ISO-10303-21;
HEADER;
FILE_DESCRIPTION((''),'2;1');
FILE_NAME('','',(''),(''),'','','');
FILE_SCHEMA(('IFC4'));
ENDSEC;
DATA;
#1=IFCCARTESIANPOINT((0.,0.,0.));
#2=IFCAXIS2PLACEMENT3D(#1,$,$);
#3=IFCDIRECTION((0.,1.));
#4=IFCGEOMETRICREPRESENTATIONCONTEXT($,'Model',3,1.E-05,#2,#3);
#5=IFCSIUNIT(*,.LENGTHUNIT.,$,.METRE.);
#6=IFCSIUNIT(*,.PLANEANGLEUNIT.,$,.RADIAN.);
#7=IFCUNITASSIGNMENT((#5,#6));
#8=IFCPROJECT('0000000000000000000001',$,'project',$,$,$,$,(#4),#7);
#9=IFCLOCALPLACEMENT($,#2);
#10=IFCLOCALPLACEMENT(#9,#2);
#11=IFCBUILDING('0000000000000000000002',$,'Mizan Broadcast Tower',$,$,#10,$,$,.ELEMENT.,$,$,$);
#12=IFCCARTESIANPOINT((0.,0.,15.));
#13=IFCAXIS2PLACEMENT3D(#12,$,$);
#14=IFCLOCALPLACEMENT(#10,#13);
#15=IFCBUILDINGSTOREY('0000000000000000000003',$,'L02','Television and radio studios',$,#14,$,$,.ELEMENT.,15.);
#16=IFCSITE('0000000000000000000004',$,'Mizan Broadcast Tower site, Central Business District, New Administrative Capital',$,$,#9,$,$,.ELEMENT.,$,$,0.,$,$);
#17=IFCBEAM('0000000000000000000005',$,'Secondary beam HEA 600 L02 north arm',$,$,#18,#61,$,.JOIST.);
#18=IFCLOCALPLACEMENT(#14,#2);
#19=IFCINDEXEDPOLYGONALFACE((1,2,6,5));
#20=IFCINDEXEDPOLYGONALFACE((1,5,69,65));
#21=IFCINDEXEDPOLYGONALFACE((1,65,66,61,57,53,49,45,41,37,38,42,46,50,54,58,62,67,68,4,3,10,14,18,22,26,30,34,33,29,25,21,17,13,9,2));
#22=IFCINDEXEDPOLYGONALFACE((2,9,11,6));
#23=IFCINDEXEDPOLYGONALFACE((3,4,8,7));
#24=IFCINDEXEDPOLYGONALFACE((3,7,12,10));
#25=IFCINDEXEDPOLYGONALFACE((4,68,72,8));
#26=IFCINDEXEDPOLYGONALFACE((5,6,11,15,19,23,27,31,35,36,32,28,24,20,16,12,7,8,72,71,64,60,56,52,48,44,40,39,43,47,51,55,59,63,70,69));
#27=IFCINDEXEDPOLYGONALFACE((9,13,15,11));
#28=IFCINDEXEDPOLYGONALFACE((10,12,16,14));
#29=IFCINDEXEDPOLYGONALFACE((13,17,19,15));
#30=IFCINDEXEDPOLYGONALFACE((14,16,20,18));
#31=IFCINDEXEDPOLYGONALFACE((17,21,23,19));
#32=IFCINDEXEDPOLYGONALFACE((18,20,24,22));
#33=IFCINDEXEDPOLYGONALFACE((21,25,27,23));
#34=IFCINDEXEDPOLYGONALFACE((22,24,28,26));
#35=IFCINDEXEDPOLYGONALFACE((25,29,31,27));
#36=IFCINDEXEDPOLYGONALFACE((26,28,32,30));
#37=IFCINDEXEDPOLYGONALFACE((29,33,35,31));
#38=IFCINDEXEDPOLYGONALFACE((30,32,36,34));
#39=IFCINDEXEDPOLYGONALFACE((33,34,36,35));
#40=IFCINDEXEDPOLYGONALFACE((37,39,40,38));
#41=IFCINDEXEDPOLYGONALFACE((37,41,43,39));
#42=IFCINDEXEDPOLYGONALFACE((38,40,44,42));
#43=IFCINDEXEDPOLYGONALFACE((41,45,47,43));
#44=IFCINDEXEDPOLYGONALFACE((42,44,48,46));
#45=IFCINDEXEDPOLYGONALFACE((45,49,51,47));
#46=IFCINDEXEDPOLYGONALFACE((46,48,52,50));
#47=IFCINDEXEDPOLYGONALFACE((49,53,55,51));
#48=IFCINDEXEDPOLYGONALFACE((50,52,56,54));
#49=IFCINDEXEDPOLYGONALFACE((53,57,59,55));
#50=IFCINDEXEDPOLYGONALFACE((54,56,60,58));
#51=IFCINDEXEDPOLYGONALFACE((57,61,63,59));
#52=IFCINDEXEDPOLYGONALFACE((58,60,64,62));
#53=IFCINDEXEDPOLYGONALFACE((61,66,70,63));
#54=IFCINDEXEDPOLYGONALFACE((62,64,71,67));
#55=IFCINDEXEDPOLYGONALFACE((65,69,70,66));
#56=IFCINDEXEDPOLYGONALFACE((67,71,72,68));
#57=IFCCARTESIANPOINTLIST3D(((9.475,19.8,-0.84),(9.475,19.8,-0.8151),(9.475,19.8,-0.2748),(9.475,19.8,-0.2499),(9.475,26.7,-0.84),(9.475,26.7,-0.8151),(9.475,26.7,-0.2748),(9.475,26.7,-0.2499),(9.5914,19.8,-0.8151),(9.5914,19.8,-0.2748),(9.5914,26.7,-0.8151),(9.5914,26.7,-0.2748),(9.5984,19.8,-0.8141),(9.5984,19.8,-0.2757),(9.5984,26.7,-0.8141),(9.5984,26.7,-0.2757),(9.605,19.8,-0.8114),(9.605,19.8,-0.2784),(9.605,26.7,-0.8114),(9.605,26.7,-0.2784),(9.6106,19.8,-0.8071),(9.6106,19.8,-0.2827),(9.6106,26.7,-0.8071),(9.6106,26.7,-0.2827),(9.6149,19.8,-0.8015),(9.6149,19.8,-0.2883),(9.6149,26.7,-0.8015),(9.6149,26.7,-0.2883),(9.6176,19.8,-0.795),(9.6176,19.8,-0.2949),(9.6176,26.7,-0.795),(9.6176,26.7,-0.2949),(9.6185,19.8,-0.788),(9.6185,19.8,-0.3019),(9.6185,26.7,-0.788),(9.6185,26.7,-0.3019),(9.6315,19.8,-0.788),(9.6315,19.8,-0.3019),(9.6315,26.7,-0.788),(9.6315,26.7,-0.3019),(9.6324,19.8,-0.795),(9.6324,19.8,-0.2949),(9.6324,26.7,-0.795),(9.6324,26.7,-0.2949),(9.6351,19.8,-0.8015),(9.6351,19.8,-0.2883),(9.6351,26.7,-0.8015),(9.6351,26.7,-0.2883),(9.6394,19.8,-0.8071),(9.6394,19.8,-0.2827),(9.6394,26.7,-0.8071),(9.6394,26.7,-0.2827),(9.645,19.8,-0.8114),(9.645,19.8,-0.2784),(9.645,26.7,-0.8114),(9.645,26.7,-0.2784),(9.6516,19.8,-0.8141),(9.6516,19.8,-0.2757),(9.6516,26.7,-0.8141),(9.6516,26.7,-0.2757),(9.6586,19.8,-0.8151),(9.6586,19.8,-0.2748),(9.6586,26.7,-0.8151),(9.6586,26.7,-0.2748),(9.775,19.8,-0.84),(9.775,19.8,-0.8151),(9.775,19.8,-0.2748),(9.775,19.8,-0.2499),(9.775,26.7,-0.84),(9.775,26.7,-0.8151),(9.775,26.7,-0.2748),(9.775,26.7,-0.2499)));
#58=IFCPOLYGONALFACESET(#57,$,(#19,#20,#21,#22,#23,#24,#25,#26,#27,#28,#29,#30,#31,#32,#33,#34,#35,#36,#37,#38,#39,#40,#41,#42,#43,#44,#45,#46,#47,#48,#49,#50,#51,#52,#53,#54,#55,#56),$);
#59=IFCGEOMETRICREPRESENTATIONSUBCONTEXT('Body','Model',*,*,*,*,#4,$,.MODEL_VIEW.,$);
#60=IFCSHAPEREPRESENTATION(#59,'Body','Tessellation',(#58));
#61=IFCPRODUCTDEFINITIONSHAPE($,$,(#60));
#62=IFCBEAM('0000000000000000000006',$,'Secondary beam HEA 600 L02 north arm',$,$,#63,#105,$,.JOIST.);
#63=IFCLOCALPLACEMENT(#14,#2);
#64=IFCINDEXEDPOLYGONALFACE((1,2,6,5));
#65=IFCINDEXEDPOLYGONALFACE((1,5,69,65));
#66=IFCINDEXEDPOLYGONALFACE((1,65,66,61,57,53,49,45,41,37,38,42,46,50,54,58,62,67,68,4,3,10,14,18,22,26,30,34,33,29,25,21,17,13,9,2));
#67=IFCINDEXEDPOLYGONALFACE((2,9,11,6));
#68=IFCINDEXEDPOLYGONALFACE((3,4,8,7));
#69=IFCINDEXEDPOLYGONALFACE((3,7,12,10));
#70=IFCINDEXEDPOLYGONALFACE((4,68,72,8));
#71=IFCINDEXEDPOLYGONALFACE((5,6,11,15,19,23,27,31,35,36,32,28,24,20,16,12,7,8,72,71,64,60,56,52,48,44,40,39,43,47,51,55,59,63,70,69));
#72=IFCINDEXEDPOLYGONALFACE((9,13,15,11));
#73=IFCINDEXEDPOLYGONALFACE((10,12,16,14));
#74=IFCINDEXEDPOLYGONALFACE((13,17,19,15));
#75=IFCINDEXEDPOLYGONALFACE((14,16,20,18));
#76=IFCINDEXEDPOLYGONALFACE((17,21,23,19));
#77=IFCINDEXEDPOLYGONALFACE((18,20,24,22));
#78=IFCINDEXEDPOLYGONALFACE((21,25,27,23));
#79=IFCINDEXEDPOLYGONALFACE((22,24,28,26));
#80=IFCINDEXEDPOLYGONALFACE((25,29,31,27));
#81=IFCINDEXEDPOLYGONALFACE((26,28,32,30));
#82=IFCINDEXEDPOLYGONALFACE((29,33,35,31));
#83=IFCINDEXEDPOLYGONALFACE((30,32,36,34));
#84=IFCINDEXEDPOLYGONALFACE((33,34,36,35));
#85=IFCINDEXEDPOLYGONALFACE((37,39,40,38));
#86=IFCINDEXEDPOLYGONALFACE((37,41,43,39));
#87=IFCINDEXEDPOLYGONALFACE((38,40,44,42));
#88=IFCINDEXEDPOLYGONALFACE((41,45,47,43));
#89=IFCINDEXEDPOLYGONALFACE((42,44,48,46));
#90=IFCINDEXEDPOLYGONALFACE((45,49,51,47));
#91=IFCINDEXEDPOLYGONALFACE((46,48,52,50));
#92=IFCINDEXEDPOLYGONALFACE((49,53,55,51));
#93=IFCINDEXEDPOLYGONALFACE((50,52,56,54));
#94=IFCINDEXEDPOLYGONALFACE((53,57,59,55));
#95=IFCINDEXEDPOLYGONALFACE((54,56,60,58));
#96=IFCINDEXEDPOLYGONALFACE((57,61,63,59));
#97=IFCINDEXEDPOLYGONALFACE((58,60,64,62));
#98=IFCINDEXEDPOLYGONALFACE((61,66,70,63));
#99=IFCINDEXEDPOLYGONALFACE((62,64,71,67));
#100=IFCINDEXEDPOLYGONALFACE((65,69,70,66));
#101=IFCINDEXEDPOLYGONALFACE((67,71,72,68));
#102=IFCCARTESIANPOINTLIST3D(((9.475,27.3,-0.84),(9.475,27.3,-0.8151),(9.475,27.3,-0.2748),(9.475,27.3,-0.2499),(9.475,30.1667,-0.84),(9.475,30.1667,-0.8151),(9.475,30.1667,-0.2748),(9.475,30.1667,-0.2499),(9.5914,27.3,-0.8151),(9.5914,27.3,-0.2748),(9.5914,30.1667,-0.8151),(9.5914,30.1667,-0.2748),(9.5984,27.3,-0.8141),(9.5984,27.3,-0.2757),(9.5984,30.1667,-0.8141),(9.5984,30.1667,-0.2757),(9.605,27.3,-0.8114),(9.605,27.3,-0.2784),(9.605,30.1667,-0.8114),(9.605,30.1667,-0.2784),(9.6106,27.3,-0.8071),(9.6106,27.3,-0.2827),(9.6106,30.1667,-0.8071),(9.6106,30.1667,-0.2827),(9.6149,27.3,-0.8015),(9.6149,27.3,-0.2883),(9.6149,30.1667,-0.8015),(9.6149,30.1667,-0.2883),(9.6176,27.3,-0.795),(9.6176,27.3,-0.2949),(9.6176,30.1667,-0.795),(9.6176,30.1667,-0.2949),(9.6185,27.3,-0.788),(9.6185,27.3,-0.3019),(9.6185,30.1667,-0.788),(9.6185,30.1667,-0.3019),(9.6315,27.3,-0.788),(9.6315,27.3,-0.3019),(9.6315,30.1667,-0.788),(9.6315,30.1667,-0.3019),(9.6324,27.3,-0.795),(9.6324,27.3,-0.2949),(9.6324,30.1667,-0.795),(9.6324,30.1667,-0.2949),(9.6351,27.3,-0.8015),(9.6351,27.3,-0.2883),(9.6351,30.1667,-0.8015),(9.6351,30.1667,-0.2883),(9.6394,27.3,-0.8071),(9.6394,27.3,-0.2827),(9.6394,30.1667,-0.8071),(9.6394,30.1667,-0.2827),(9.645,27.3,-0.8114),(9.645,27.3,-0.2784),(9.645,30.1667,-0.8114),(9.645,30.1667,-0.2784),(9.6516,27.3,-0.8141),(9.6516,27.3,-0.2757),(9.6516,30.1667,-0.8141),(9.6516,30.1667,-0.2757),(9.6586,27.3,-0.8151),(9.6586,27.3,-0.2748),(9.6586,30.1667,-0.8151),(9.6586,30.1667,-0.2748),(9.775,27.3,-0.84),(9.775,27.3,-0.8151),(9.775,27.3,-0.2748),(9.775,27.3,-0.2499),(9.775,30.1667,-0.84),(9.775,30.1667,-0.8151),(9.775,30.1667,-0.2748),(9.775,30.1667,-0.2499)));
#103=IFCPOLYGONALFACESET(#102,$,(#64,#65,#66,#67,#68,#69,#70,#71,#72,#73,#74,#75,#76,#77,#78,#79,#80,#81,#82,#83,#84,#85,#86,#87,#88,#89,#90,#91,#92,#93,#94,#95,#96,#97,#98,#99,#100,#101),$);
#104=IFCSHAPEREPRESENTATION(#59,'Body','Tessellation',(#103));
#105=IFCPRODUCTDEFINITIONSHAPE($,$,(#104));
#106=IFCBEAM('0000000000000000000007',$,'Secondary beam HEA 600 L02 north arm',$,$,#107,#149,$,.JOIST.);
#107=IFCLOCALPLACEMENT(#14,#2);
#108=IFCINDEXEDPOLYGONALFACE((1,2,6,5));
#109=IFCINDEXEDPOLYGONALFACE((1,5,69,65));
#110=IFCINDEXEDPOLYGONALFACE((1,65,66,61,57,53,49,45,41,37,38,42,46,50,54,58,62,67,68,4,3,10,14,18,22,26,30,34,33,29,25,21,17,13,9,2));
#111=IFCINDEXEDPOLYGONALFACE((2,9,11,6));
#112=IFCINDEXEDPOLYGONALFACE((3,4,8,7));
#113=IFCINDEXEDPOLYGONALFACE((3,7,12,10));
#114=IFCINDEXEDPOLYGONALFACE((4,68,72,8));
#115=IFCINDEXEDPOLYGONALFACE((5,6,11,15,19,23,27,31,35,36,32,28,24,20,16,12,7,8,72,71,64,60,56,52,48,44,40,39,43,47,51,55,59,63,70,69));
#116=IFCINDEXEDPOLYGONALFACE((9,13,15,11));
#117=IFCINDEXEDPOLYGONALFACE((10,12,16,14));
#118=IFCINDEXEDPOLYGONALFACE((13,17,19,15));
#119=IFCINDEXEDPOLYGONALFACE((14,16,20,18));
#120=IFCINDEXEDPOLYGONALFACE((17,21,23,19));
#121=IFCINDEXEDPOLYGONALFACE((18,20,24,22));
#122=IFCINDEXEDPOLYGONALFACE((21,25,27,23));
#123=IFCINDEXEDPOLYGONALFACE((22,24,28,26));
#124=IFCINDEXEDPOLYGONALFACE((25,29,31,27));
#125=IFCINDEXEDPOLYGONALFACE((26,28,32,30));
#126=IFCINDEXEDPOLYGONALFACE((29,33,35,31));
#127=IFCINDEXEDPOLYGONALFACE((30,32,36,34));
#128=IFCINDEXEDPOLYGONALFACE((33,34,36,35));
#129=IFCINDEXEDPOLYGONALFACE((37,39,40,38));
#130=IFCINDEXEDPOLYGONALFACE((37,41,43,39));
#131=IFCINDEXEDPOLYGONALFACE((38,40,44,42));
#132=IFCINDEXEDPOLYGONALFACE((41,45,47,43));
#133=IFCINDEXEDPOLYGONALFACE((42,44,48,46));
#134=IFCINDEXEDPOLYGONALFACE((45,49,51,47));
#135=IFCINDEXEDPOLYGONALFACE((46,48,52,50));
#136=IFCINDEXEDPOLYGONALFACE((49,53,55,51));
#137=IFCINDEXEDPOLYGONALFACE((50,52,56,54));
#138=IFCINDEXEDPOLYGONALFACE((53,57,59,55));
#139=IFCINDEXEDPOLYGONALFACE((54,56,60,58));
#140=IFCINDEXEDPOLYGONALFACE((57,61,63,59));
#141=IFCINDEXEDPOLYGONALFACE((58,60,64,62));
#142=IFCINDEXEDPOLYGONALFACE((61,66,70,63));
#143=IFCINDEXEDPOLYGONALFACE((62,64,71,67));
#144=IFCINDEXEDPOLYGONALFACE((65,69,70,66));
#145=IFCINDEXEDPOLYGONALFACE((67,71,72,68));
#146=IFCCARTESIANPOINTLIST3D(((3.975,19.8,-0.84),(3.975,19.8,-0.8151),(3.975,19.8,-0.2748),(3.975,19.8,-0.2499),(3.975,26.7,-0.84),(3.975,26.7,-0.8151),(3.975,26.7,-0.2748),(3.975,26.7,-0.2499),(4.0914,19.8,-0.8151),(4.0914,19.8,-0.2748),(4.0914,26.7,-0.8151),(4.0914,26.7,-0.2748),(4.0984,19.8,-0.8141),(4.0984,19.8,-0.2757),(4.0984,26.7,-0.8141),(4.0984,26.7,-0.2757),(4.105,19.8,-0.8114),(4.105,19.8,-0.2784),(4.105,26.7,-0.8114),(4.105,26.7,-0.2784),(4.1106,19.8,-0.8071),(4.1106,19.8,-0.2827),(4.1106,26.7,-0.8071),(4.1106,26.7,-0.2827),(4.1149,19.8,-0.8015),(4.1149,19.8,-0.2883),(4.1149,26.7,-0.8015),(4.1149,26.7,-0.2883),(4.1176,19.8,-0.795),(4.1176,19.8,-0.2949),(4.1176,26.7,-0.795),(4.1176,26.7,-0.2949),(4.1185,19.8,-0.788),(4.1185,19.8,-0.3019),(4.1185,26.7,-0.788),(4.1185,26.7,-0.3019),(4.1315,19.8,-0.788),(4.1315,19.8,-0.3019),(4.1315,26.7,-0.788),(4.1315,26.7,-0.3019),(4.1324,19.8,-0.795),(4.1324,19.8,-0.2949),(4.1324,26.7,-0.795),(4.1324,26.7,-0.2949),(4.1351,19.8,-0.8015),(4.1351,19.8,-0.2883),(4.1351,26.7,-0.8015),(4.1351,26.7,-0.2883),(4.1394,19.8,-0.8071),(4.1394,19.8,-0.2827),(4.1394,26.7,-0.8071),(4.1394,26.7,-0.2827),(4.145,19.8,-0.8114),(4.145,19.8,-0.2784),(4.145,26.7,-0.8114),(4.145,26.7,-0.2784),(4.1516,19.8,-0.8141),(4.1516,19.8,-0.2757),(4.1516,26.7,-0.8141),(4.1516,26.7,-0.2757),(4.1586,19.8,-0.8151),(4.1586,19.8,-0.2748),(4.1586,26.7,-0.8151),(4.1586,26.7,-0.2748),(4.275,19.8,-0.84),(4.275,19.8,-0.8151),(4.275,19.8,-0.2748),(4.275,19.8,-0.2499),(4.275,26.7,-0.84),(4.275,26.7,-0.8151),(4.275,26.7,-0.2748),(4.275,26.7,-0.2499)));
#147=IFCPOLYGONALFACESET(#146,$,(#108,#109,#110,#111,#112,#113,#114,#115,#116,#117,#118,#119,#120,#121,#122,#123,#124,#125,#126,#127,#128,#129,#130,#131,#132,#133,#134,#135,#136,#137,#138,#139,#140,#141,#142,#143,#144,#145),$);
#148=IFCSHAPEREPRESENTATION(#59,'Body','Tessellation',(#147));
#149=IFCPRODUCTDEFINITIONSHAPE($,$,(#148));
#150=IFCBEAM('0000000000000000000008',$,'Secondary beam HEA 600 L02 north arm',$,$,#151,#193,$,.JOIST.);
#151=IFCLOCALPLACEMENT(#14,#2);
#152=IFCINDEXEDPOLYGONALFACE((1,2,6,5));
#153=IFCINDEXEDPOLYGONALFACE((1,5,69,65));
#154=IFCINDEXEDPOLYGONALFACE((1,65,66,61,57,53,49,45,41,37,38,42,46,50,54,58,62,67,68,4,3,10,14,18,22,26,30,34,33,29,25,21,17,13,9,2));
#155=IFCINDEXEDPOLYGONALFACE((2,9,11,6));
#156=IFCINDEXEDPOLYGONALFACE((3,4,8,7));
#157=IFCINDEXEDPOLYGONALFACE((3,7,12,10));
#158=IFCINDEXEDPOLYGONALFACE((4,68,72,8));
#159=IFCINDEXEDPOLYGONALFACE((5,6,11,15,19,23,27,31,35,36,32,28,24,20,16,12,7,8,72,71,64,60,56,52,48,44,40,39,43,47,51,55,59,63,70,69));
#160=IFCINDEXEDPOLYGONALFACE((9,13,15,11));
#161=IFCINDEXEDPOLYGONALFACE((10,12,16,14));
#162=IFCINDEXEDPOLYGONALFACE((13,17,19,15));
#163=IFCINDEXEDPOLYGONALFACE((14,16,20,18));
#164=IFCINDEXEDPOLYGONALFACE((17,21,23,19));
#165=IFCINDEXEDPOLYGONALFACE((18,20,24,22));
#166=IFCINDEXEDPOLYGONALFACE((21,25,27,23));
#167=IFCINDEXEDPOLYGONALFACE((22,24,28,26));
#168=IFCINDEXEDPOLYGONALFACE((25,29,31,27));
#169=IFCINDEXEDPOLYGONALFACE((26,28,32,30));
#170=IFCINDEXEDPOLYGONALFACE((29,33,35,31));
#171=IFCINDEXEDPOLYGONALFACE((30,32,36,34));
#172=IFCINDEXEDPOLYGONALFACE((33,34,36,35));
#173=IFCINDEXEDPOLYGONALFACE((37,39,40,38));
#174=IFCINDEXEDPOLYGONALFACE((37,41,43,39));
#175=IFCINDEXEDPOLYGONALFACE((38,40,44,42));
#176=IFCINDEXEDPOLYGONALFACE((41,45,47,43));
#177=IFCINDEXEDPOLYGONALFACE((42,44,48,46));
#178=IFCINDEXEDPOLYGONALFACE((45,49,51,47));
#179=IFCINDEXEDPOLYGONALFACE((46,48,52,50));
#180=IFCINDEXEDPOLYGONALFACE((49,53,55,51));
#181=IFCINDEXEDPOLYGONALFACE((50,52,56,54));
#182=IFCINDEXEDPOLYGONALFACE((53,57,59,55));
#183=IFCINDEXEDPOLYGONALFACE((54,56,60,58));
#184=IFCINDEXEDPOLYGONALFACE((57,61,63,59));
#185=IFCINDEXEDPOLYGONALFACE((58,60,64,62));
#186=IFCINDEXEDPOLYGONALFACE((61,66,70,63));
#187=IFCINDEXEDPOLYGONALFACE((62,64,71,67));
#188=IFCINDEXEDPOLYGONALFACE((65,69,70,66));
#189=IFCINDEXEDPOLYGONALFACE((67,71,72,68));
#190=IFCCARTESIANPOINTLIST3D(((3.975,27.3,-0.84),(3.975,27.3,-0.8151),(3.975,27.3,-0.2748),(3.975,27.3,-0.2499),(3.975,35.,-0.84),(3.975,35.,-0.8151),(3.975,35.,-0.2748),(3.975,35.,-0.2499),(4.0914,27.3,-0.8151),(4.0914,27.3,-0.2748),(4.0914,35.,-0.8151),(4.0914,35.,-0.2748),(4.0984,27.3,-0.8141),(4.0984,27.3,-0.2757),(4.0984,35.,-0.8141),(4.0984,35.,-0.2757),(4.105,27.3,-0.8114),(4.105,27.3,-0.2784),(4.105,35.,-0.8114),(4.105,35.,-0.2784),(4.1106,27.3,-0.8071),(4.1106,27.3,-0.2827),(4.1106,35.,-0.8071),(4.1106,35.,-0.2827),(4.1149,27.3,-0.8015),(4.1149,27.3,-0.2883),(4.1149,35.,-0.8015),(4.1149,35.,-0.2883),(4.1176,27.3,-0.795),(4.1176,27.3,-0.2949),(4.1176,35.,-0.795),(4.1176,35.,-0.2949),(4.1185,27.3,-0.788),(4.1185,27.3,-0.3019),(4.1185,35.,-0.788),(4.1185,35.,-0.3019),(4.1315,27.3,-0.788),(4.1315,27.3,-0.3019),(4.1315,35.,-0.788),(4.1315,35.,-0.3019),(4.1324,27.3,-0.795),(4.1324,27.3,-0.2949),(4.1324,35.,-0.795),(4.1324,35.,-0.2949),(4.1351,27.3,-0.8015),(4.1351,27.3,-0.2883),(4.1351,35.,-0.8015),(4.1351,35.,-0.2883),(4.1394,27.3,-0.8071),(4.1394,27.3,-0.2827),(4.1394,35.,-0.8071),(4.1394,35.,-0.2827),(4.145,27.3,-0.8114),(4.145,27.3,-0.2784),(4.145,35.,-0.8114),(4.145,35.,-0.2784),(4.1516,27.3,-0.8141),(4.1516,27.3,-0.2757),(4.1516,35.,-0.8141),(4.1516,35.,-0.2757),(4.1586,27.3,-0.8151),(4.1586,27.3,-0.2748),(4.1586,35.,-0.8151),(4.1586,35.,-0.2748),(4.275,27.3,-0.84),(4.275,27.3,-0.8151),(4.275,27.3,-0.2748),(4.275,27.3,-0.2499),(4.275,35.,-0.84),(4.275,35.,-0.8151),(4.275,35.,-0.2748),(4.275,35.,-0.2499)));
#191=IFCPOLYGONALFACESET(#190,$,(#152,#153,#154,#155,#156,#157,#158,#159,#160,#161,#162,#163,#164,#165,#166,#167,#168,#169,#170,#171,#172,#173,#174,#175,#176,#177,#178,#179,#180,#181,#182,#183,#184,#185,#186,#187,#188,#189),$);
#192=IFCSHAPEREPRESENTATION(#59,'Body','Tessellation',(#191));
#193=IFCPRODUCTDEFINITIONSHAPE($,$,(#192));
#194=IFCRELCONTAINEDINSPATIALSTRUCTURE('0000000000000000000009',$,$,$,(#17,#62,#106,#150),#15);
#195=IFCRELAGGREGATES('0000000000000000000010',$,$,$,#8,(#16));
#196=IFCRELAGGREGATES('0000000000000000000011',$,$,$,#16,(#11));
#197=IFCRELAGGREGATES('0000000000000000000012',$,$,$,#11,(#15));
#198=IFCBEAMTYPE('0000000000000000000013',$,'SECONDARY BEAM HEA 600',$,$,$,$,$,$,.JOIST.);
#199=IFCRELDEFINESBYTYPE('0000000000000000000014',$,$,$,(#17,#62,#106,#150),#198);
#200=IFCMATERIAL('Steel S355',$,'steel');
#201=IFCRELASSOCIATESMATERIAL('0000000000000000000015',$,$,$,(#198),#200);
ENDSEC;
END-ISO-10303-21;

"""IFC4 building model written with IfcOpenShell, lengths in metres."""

from ifc_helpers import new_model, si_unit, direction, frame, origin, origin_2d, place, context, subcontext, project, spatial, i_section, extrude, material, material_profile, profile_set, type_object, element, save


model = new_model("IFC4")

# Units and contexts
model_context = context("Model", 3, precision=1e-05, world=origin(), true_north=direction((0.0, 1.0)))
body_context = subcontext(model_context, "Body", "Model", "MODEL_VIEW")
ifc_project = project(units=[si_unit("LENGTHUNIT", "METRE"), si_unit("PLANEANGLEUNIT", "RADIAN")], contexts=[model_context])

# Site, building, storey
site_placement = place(None, origin())
site = spatial("IfcSite", under=ifc_project, at=site_placement, Name="Mizan Broadcast Tower site, Central Business District, New Administrative Capital", CompositionType="ELEMENT", RefElevation=0.0)
building_placement = place(site_placement, origin())
building = spatial("IfcBuilding", under=site, at=building_placement, Name="Mizan Broadcast Tower", CompositionType="ELEMENT")
storey_placement = place(building_placement, frame((0.0, 0.0, 15.0)))
storey = spatial("IfcBuildingStorey", under=building, at=storey_placement, Name="L02", Description="Television and radio studios", CompositionType="ELEMENT", Elevation=15.0)

# Beams
ifc_material_1 = material(Name="Steel S355", Category="steel")
ifc_material_profile_1 = material_profile(ifc_material_1, i_section(OverallWidth=0.3, OverallDepth=0.5901, WebThickness=0.0129, FlangeThickness=0.0249, FilletRadius=0.0271, at=origin_2d()), Name="HEA 600")
ifc_profile_set_1 = profile_set([ifc_material_profile_1], Name="Steel S355")
beam_type_1 = type_object("IfcBeamType", Name="SECONDARY BEAM HEA 600", PredefinedType="JOIST", material=ifc_profile_set_1)
beam_1_placement = place(storey_placement, frame((9.625, 19.8, -0.5449), z_axis=(0.0, 1.0, 0.0), x_axis=(-1.0, 0.0, 0.0)))
element("IfcBeam", 1, at=beam_1_placement, inside=storey, type_object=beam_type_1, Name="Secondary beam HEA 600 L02 north arm", PredefinedType="JOIST", context=body_context, shape_type="SweptSolid", body=[
    extrude(i_section(OverallWidth=0.3, OverallDepth=0.5901, WebThickness=0.0129, FlangeThickness=0.0249, FilletRadius=0.0271, at=origin_2d()), origin(), (0.0, 0.0, 1.0), 6.8999),
])
beam_2_placement = place(storey_placement, frame((9.625, 27.3, -0.5449), z_axis=(0.0, 1.0, 0.0), x_axis=(-1.0, 0.0, 0.0)))
element("IfcBeam", 2, at=beam_2_placement, inside=storey, type_object=beam_type_1, Name="Secondary beam HEA 600 L02 north arm", PredefinedType="JOIST", context=body_context, shape_type="SweptSolid", body=[
    extrude(i_section(OverallWidth=0.3, OverallDepth=0.5901, WebThickness=0.0129, FlangeThickness=0.0249, FilletRadius=0.0271, at=origin_2d()), origin(), (0.0, 0.0, 1.0), 2.8667),
])
beam_3_placement = place(storey_placement, frame((4.125, 19.8, -0.5449), z_axis=(0.0, 1.0, 0.0), x_axis=(-1.0, 0.0, 0.0)))
element("IfcBeam", 3, at=beam_3_placement, inside=storey, type_object=beam_type_1, Name="Secondary beam HEA 600 L02 north arm", PredefinedType="JOIST", context=body_context, shape_type="SweptSolid", body=[
    extrude(i_section(OverallWidth=0.3, OverallDepth=0.5901, WebThickness=0.0129, FlangeThickness=0.0249, FilletRadius=0.0271, at=origin_2d()), origin(), (0.0, 0.0, 1.0), 6.8999),
])
beam_4_placement = place(storey_placement, frame((4.125, 27.3, -0.5449), z_axis=(0.0, 1.0, 0.0), x_axis=(-1.0, 0.0, 0.0)))
element("IfcBeam", 4, at=beam_4_placement, inside=storey, type_object=beam_type_1, Name="Secondary beam HEA 600 L02 north arm", PredefinedType="JOIST", context=body_context, shape_type="SweptSolid", body=[
    extrude(i_section(OverallWidth=0.3, OverallDepth=0.5901, WebThickness=0.0129, FlangeThickness=0.0249, FilletRadius=0.0271, at=origin_2d()), origin(), (0.0, 0.0, 1.0), 7.7),
])

save(model, "model.ifc")
